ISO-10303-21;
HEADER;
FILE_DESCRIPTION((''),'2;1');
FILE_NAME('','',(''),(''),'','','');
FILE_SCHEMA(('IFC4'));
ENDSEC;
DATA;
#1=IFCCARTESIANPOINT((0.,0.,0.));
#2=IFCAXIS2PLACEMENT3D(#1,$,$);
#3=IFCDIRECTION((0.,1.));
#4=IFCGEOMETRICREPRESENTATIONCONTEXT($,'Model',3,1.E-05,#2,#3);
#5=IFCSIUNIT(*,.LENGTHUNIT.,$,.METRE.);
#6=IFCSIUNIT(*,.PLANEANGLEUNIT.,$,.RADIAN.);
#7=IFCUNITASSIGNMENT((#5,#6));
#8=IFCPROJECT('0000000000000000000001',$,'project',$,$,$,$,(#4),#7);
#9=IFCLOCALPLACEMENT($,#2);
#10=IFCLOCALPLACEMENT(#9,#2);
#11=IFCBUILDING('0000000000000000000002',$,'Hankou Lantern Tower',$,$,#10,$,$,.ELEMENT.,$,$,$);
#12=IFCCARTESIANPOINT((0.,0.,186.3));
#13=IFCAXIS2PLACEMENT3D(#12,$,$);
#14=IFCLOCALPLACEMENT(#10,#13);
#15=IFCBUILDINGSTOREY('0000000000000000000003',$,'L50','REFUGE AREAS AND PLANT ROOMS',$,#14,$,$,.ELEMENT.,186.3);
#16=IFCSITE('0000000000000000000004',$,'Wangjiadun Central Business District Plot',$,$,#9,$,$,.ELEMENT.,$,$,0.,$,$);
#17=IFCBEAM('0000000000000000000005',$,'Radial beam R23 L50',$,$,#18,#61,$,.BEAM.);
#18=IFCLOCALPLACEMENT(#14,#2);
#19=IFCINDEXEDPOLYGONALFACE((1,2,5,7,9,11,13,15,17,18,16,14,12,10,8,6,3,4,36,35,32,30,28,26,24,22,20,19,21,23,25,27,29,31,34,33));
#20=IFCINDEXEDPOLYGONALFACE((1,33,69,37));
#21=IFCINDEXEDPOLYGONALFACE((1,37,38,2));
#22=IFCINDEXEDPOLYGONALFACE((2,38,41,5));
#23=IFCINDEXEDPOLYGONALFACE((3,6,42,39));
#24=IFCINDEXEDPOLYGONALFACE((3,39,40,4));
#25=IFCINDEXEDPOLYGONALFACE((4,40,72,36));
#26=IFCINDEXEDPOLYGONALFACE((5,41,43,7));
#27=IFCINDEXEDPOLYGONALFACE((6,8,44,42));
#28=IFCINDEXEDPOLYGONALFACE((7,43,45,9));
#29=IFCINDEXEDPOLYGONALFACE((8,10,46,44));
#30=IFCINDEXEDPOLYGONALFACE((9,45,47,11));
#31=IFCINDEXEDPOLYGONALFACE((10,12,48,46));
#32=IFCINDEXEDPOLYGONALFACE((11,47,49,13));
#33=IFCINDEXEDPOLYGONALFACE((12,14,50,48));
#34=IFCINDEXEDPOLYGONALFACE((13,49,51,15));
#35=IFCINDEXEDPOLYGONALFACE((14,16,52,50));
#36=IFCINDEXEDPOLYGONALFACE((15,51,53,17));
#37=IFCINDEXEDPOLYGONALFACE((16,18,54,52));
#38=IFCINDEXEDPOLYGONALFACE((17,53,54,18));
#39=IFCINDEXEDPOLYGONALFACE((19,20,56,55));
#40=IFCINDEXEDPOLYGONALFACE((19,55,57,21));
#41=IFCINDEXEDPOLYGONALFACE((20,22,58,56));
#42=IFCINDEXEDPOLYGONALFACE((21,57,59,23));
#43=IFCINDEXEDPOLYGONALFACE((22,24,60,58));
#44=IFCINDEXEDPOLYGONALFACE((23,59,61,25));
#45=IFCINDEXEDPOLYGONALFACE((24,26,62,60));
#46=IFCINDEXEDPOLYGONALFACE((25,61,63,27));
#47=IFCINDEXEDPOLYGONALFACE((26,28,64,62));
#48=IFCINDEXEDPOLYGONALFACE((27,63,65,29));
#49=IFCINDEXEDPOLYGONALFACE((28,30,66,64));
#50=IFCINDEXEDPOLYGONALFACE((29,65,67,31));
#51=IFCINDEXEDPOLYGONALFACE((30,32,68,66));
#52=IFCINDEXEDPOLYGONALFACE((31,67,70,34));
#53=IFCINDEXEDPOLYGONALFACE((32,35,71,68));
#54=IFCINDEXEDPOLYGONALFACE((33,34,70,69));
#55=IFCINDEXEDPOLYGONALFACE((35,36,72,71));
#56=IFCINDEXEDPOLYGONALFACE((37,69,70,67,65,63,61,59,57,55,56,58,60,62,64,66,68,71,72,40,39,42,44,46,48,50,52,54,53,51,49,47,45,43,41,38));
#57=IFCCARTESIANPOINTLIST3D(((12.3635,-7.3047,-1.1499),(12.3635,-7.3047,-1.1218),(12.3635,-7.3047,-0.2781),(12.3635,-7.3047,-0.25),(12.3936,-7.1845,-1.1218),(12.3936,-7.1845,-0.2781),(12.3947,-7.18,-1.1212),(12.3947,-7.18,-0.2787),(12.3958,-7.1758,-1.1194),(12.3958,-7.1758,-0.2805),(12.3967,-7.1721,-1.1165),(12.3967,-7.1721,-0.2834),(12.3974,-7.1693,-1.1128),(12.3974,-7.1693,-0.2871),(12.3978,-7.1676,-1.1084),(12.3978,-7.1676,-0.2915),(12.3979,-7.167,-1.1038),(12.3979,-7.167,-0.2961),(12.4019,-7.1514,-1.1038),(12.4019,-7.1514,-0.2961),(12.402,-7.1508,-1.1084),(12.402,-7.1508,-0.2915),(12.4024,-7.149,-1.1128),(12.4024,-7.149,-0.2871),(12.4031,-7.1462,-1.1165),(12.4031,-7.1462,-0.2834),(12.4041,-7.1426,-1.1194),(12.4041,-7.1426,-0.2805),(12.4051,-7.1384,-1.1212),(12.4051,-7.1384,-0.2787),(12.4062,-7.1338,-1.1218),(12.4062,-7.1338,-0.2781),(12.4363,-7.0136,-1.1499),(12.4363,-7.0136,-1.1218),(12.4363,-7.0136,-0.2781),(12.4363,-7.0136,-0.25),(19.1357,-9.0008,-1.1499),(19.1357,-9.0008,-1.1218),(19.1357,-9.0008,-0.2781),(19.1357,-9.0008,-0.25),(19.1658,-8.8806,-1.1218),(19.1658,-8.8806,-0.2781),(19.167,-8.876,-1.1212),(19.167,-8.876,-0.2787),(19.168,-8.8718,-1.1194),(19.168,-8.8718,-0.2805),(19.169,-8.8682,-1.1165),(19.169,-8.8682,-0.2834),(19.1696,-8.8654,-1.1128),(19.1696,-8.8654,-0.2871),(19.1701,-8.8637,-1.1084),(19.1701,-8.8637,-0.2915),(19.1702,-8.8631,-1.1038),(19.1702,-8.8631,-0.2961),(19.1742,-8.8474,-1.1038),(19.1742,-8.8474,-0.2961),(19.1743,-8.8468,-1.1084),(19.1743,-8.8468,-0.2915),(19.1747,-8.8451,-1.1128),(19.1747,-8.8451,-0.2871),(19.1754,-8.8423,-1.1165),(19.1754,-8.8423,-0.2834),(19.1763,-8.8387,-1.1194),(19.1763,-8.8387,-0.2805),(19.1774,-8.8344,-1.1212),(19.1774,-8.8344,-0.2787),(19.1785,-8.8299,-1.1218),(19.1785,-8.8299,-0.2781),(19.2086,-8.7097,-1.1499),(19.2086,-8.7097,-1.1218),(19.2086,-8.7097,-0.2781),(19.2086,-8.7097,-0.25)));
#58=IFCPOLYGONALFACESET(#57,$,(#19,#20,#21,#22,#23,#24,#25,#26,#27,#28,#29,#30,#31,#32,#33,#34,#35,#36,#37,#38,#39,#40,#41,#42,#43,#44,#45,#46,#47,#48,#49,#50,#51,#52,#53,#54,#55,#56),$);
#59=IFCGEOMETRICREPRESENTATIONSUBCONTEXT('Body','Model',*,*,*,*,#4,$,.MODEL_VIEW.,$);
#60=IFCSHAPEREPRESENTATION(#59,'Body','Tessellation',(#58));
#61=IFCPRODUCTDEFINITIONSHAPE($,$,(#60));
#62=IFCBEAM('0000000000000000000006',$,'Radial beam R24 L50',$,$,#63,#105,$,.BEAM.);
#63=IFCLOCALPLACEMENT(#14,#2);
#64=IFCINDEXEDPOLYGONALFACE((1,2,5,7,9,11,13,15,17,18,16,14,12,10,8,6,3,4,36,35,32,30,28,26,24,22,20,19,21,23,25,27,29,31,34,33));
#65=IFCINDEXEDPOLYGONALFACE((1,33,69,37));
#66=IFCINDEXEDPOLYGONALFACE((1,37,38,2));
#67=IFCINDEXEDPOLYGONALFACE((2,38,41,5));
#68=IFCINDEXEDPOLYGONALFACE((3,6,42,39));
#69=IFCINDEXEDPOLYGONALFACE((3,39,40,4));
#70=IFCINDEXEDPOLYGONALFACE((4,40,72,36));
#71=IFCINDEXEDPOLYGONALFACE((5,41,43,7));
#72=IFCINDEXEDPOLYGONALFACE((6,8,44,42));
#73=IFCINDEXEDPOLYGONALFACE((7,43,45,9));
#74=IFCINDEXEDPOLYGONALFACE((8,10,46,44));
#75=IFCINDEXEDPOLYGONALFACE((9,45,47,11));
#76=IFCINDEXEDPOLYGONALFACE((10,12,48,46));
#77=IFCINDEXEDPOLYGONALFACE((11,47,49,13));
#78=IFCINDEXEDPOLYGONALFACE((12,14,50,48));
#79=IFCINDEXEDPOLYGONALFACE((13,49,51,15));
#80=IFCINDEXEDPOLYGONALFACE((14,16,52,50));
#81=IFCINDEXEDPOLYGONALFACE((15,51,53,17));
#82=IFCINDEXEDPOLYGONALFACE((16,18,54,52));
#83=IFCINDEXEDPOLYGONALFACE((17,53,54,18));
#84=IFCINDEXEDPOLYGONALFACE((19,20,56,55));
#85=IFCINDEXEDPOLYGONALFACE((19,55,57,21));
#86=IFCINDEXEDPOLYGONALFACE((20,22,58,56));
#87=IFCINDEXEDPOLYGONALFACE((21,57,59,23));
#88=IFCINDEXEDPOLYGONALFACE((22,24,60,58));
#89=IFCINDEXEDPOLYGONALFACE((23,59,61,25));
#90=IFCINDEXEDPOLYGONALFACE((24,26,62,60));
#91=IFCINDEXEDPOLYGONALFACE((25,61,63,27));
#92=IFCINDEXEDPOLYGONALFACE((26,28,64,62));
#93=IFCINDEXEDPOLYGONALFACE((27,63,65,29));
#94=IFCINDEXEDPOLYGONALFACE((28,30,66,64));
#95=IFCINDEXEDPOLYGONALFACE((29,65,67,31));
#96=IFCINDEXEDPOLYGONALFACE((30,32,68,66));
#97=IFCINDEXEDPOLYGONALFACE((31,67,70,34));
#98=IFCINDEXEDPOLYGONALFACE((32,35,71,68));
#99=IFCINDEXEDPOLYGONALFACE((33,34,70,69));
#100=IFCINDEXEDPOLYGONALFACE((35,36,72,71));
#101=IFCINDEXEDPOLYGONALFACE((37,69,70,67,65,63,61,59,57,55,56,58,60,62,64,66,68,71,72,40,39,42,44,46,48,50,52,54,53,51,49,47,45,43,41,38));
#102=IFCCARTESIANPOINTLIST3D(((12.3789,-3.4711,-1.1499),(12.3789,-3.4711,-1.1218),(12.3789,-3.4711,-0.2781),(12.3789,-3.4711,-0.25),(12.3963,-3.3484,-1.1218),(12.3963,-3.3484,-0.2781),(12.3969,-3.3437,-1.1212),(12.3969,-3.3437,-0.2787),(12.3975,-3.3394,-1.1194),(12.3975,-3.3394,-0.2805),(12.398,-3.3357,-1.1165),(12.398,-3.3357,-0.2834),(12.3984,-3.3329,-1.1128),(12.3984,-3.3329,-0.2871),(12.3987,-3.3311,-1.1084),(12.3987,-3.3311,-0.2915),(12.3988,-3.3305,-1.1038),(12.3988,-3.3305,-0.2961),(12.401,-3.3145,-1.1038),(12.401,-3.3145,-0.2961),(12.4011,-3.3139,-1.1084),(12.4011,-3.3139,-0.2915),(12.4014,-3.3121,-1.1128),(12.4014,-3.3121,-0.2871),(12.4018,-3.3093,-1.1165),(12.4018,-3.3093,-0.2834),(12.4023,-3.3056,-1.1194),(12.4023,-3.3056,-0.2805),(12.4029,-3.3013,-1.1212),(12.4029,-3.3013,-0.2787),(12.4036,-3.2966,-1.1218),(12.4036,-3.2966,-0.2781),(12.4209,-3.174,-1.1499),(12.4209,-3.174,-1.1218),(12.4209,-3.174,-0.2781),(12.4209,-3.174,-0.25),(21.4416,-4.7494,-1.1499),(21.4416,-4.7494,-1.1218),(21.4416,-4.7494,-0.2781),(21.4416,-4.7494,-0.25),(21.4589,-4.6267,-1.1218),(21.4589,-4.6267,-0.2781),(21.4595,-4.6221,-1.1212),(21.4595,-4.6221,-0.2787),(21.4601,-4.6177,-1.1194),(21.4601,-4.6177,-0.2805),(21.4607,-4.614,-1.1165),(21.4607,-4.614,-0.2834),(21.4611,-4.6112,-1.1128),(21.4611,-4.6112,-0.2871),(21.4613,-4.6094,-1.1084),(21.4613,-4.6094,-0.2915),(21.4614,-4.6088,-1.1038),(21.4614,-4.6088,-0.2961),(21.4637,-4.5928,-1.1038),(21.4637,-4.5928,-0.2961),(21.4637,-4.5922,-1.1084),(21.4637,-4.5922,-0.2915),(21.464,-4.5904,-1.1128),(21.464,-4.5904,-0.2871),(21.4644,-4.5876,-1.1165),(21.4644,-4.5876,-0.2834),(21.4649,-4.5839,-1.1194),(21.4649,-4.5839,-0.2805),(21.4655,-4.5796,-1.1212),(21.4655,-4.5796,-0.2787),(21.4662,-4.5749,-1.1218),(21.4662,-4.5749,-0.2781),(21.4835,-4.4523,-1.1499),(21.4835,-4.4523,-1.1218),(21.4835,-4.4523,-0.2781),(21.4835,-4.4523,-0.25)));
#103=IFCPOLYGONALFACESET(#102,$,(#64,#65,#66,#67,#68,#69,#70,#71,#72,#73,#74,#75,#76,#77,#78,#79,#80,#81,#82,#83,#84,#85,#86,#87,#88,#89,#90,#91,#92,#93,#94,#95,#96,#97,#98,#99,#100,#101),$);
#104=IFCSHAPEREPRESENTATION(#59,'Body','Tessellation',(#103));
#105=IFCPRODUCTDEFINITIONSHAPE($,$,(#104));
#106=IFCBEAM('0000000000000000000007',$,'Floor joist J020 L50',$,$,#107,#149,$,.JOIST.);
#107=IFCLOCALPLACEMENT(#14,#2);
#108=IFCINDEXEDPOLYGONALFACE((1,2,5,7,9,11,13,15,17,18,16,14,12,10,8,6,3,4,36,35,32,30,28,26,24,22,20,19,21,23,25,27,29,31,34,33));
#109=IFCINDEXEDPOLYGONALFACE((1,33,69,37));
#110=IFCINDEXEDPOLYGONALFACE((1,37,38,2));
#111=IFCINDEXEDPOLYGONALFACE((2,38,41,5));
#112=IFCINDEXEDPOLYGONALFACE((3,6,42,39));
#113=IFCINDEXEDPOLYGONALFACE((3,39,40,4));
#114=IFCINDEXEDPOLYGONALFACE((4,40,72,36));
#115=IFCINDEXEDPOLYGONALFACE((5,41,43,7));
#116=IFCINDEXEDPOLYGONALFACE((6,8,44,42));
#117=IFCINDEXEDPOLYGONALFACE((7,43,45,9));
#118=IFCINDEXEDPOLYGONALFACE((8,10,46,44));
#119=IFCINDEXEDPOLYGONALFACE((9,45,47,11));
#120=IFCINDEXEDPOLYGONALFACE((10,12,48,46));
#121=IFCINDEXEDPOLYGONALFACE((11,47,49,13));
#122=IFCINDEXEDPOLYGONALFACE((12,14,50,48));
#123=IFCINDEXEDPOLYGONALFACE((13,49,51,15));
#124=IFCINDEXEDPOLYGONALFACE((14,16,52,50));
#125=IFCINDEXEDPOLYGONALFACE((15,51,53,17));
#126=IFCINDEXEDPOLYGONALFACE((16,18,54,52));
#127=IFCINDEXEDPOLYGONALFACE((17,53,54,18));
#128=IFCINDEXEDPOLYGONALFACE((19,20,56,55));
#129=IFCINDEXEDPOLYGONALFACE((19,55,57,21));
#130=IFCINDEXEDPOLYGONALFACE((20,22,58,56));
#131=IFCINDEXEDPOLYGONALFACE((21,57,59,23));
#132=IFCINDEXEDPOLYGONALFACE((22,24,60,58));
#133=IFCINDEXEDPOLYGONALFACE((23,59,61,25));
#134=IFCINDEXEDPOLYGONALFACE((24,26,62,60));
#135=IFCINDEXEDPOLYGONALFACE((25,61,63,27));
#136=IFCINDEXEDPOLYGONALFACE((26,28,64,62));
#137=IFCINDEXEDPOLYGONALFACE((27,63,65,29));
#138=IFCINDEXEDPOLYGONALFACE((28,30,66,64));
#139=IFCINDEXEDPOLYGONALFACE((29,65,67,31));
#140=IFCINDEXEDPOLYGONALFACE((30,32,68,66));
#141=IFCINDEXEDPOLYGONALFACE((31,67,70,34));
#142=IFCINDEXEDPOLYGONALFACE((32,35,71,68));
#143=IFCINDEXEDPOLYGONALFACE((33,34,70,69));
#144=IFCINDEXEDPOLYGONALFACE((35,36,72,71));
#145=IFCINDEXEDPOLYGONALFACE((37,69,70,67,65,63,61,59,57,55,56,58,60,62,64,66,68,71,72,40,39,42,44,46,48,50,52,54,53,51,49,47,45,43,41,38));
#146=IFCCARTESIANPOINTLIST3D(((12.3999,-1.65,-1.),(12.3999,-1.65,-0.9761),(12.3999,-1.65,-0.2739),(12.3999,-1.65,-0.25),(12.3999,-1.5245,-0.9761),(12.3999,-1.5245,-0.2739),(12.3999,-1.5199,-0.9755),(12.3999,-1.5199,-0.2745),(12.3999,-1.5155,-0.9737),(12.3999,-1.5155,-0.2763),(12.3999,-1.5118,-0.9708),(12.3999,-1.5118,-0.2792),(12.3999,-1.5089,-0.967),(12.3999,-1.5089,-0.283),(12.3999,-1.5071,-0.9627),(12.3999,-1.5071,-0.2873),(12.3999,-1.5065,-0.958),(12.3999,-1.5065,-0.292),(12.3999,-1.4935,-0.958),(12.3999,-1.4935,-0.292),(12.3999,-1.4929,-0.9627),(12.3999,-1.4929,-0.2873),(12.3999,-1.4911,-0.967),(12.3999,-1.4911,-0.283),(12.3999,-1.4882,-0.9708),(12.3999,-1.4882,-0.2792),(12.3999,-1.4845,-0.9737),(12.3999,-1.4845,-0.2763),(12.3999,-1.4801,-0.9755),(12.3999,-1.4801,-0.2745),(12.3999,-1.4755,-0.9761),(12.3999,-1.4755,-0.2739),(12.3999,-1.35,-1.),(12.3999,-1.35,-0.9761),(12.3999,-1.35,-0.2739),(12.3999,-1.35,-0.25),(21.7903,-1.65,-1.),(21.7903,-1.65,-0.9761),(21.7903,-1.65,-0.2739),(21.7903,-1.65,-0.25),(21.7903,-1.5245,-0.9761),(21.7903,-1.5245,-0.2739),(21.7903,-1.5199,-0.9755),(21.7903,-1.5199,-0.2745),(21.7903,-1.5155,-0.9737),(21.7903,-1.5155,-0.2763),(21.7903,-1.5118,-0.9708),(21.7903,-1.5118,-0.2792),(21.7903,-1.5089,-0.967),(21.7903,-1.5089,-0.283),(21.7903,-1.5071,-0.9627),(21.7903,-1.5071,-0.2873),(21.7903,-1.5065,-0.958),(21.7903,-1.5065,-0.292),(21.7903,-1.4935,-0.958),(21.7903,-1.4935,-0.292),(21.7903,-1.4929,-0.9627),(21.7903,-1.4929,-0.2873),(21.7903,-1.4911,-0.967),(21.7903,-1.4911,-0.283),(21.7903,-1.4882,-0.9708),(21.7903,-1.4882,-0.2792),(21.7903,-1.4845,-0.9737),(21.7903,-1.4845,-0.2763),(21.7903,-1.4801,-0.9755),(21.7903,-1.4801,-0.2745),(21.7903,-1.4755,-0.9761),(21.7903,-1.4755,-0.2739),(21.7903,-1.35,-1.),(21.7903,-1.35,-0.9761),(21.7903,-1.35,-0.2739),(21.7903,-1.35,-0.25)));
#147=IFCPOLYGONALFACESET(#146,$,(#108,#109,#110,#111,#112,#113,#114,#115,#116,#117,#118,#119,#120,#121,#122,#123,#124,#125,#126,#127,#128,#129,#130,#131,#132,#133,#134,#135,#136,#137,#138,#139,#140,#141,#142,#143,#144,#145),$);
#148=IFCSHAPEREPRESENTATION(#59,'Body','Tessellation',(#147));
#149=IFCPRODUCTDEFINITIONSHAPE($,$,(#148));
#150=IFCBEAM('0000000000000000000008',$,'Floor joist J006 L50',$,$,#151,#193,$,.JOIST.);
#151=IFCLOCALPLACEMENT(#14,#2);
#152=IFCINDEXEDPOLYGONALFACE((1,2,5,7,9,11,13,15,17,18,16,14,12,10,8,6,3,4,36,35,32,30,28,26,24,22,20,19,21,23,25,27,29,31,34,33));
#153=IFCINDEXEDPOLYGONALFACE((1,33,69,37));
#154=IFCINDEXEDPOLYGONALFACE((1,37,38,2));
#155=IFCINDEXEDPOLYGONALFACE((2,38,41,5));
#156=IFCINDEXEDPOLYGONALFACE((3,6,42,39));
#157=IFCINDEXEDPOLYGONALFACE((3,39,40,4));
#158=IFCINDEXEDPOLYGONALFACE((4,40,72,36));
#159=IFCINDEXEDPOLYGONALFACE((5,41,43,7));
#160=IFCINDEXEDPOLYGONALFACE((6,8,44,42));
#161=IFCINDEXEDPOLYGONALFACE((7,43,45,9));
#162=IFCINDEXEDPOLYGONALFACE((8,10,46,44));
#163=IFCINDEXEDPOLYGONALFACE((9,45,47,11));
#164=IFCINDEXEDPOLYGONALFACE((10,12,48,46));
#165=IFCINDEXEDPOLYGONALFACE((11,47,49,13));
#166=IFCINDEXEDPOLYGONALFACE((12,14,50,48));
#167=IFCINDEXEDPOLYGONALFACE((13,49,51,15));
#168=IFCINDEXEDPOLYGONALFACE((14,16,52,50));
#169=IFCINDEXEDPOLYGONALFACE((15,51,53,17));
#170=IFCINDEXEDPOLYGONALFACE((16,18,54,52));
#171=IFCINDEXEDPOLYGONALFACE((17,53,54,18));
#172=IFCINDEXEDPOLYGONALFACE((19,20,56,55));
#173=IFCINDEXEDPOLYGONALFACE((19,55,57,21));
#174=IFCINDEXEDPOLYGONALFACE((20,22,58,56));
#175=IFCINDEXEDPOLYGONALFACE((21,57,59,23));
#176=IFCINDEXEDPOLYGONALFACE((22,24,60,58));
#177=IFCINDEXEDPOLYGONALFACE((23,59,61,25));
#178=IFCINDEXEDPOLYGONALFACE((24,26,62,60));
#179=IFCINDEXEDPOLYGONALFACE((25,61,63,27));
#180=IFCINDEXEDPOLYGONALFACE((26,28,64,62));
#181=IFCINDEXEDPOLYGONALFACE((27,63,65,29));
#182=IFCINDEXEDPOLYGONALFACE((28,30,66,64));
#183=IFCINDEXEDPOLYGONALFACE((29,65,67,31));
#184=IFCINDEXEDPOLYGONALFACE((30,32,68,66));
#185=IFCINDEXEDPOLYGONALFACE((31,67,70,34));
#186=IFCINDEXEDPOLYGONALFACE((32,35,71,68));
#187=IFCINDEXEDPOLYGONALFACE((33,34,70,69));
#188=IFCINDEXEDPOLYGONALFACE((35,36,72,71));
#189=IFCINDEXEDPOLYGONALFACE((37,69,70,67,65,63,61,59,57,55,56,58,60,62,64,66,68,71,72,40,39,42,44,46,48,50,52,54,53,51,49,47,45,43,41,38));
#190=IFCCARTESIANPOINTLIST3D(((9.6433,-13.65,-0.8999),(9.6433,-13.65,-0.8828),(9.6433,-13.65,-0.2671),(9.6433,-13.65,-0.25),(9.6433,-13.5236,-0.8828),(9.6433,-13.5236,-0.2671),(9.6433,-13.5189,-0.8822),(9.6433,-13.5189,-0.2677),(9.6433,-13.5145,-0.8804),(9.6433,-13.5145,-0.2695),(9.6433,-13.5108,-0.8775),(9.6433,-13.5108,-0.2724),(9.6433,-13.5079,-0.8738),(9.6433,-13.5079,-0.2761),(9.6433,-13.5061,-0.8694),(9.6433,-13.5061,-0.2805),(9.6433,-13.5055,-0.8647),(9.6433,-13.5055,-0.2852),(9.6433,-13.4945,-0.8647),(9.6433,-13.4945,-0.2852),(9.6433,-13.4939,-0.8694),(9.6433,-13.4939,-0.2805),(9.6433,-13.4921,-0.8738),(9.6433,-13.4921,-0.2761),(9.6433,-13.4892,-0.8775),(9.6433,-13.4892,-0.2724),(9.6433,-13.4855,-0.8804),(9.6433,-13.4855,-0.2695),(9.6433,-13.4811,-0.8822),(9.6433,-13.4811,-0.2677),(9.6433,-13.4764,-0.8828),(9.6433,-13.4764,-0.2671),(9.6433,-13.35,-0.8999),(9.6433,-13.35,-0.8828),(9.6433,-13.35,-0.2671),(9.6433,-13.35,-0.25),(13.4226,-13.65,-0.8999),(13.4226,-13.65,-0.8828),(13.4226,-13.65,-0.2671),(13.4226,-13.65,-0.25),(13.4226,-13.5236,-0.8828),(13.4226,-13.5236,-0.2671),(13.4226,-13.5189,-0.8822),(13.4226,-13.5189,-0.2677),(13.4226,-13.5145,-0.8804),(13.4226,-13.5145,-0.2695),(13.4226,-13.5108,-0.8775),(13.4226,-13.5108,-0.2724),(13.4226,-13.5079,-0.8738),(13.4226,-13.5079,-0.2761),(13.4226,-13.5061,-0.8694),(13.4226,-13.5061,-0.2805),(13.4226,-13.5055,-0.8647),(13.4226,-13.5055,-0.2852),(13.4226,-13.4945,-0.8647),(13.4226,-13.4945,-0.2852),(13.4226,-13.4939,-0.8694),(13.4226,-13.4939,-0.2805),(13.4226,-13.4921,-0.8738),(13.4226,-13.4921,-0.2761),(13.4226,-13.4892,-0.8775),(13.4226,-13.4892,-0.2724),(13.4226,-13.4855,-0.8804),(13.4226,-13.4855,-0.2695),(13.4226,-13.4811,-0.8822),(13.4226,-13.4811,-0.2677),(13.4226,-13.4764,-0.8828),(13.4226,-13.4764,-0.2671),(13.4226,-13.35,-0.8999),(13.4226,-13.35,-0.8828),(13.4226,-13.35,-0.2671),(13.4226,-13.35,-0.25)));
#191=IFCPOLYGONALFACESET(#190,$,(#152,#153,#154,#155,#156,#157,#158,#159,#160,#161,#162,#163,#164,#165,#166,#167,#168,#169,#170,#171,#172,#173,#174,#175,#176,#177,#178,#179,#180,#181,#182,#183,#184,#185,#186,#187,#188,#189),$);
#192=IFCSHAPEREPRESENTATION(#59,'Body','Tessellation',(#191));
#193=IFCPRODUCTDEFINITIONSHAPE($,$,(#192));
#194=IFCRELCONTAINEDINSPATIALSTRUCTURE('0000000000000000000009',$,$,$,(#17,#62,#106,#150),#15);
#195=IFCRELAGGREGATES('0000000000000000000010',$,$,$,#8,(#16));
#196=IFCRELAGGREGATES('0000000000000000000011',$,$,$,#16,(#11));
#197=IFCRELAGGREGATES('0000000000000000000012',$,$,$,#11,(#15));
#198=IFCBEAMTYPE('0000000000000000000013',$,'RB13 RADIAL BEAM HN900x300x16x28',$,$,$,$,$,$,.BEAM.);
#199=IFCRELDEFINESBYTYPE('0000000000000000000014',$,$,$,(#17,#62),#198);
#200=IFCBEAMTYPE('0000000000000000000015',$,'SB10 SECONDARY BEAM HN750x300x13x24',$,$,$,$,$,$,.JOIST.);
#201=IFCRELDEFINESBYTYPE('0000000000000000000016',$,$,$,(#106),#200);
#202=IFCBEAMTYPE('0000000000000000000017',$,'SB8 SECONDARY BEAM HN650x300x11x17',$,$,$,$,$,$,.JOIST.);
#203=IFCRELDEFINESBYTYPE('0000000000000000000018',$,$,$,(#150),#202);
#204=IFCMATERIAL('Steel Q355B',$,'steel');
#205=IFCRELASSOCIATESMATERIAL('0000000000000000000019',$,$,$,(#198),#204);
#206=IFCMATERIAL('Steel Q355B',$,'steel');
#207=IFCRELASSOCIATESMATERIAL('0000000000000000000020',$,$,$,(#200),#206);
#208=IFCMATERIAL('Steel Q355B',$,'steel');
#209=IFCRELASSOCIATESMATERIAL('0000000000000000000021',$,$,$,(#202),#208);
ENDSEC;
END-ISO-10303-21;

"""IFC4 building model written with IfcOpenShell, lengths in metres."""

from ifc_helpers import new_model, si_unit, direction, frame, origin, origin_2d, place, context, subcontext, project, spatial, i_section, extrude, material, material_profile, profile_set, type_object, element, save


model = new_model("IFC4")

# Units and contexts
model_context = context("Model", 3, precision=1e-05, world=origin(), true_north=direction((0.0, 1.0)))
body_context = subcontext(model_context, "Body", "Model", "MODEL_VIEW")
ifc_project = project(units=[si_unit("LENGTHUNIT", "METRE"), si_unit("PLANEANGLEUNIT", "RADIAN")], contexts=[model_context])

# Site, building, storey
site_placement = place(None, origin())
site = spatial("IfcSite", under=ifc_project, at=site_placement, Name="Wangjiadun Central Business District Plot", CompositionType="ELEMENT", RefElevation=0.0)
building_placement = place(site_placement, origin())
building = spatial("IfcBuilding", under=site, at=building_placement, Name="Hankou Lantern Tower", CompositionType="ELEMENT")
storey_placement = place(building_placement, frame((0.0, 0.0, 186.3)))
storey = spatial("IfcBuildingStorey", under=building, at=storey_placement, Name="L50", Description="REFUGE AREAS AND PLANT ROOMS", CompositionType="ELEMENT", Elevation=186.3)

# Beams
ifc_material_1 = material(Name="Steel Q355B", Category="steel")
ifc_material_profile_1 = material_profile(ifc_material_1, i_section(OverallWidth=0.3, OverallDepth=0.8999, WebThickness=0.0161, FlangeThickness=0.0281, FilletRadius=0.0181, at=origin_2d()), Name="HN900x300x16x28")
ifc_profile_set_1 = profile_set([ifc_material_profile_1], Name="Steel Q355B")
beam_type_1 = type_object("IfcBeamType", Name="RB13 RADIAL BEAM HN900x300x16x28", PredefinedType="BEAM", material=ifc_profile_set_1)
beam_1_placement = place(storey_placement, frame((12.3999, -7.1592, -0.7), z_axis=(0.970042, -0.242939, 0.0), x_axis=(0.242939, 0.970042, 0.0)))
element("IfcBeam", 1, at=beam_1_placement, inside=storey, type_object=beam_type_1, Name="Radial beam R23 L50", PredefinedType="BEAM", context=body_context, shape_type="SweptSolid", body=[
    extrude(i_section(OverallWidth=0.3, OverallDepth=0.8999, WebThickness=0.0161, FlangeThickness=0.0281, FilletRadius=0.0181, at=origin_2d()), origin(), (0.0, 0.0, 1.0), 6.9814),
])
beam_2_placement = place(storey_placement, frame((12.3999, -3.3225, -0.7), z_axis=(0.990198, -0.13967, 0.0), x_axis=(0.13967, 0.990198, 0.0)))
element("IfcBeam", 2, at=beam_2_placement, inside=storey, type_object=beam_type_1, Name="Radial beam R24 L50", PredefinedType="BEAM", context=body_context, shape_type="SweptSolid", body=[
    extrude(i_section(OverallWidth=0.3, OverallDepth=0.8999, WebThickness=0.0161, FlangeThickness=0.0281, FilletRadius=0.0181, at=origin_2d()), origin(), (0.0, 0.0, 1.0), 9.1523),
])
ifc_material_2 = material(Name="Steel Q355B", Category="steel")
ifc_material_profile_2 = material_profile(ifc_material_2, i_section(OverallWidth=0.3, OverallDepth=0.75, WebThickness=0.0129, FlangeThickness=0.0239, FilletRadius=0.0181, at=origin_2d()), Name="HN750x300x13x24")
ifc_profile_set_2 = profile_set([ifc_material_profile_2], Name="Steel Q355B")
beam_type_2 = type_object("IfcBeamType", Name="SB10 SECONDARY BEAM HN750x300x13x24", PredefinedType="JOIST", material=ifc_profile_set_2)
beam_3_placement = place(storey_placement, frame((12.3999, -1.5, -0.625), z_axis=(1.0, 0.0, 0.0), x_axis=(0.0, 1.0, 0.0)))
element("IfcBeam", 3, at=beam_3_placement, inside=storey, type_object=beam_type_2, Name="Floor joist J020 L50", PredefinedType="JOIST", context=body_context, shape_type="SweptSolid", body=[
    extrude(i_section(OverallWidth=0.3, OverallDepth=0.75, WebThickness=0.0129, FlangeThickness=0.0239, FilletRadius=0.0181, at=origin_2d()), origin(), (0.0, 0.0, 1.0), 9.3904),
])
ifc_material_3 = material(Name="Steel Q355B", Category="steel")
ifc_material_profile_3 = material_profile(ifc_material_3, i_section(OverallWidth=0.3, OverallDepth=0.6499, WebThickness=0.011, FlangeThickness=0.0171, FilletRadius=0.0181, at=origin_2d()), Name="HN650x300x11x17")
ifc_profile_set_3 = profile_set([ifc_material_profile_3], Name="Steel Q355B")
beam_type_3 = type_object("IfcBeamType", Name="SB8 SECONDARY BEAM HN650x300x11x17", PredefinedType="JOIST", material=ifc_profile_set_3)
beam_4_placement = place(storey_placement, frame((9.6433, -13.5, -0.575), z_axis=(1.0, 0.0, 0.0), x_axis=(0.0, 1.0, 0.0)))
element("IfcBeam", 4, at=beam_4_placement, inside=storey, type_object=beam_type_3, Name="Floor joist J006 L50", PredefinedType="JOIST", context=body_context, shape_type="SweptSolid", body=[
    extrude(i_section(OverallWidth=0.3, OverallDepth=0.6499, WebThickness=0.011, FlangeThickness=0.0171, FilletRadius=0.0181, at=origin_2d()), origin(), (0.0, 0.0, 1.0), 3.7793),
])

save(model, "model.ifc")
